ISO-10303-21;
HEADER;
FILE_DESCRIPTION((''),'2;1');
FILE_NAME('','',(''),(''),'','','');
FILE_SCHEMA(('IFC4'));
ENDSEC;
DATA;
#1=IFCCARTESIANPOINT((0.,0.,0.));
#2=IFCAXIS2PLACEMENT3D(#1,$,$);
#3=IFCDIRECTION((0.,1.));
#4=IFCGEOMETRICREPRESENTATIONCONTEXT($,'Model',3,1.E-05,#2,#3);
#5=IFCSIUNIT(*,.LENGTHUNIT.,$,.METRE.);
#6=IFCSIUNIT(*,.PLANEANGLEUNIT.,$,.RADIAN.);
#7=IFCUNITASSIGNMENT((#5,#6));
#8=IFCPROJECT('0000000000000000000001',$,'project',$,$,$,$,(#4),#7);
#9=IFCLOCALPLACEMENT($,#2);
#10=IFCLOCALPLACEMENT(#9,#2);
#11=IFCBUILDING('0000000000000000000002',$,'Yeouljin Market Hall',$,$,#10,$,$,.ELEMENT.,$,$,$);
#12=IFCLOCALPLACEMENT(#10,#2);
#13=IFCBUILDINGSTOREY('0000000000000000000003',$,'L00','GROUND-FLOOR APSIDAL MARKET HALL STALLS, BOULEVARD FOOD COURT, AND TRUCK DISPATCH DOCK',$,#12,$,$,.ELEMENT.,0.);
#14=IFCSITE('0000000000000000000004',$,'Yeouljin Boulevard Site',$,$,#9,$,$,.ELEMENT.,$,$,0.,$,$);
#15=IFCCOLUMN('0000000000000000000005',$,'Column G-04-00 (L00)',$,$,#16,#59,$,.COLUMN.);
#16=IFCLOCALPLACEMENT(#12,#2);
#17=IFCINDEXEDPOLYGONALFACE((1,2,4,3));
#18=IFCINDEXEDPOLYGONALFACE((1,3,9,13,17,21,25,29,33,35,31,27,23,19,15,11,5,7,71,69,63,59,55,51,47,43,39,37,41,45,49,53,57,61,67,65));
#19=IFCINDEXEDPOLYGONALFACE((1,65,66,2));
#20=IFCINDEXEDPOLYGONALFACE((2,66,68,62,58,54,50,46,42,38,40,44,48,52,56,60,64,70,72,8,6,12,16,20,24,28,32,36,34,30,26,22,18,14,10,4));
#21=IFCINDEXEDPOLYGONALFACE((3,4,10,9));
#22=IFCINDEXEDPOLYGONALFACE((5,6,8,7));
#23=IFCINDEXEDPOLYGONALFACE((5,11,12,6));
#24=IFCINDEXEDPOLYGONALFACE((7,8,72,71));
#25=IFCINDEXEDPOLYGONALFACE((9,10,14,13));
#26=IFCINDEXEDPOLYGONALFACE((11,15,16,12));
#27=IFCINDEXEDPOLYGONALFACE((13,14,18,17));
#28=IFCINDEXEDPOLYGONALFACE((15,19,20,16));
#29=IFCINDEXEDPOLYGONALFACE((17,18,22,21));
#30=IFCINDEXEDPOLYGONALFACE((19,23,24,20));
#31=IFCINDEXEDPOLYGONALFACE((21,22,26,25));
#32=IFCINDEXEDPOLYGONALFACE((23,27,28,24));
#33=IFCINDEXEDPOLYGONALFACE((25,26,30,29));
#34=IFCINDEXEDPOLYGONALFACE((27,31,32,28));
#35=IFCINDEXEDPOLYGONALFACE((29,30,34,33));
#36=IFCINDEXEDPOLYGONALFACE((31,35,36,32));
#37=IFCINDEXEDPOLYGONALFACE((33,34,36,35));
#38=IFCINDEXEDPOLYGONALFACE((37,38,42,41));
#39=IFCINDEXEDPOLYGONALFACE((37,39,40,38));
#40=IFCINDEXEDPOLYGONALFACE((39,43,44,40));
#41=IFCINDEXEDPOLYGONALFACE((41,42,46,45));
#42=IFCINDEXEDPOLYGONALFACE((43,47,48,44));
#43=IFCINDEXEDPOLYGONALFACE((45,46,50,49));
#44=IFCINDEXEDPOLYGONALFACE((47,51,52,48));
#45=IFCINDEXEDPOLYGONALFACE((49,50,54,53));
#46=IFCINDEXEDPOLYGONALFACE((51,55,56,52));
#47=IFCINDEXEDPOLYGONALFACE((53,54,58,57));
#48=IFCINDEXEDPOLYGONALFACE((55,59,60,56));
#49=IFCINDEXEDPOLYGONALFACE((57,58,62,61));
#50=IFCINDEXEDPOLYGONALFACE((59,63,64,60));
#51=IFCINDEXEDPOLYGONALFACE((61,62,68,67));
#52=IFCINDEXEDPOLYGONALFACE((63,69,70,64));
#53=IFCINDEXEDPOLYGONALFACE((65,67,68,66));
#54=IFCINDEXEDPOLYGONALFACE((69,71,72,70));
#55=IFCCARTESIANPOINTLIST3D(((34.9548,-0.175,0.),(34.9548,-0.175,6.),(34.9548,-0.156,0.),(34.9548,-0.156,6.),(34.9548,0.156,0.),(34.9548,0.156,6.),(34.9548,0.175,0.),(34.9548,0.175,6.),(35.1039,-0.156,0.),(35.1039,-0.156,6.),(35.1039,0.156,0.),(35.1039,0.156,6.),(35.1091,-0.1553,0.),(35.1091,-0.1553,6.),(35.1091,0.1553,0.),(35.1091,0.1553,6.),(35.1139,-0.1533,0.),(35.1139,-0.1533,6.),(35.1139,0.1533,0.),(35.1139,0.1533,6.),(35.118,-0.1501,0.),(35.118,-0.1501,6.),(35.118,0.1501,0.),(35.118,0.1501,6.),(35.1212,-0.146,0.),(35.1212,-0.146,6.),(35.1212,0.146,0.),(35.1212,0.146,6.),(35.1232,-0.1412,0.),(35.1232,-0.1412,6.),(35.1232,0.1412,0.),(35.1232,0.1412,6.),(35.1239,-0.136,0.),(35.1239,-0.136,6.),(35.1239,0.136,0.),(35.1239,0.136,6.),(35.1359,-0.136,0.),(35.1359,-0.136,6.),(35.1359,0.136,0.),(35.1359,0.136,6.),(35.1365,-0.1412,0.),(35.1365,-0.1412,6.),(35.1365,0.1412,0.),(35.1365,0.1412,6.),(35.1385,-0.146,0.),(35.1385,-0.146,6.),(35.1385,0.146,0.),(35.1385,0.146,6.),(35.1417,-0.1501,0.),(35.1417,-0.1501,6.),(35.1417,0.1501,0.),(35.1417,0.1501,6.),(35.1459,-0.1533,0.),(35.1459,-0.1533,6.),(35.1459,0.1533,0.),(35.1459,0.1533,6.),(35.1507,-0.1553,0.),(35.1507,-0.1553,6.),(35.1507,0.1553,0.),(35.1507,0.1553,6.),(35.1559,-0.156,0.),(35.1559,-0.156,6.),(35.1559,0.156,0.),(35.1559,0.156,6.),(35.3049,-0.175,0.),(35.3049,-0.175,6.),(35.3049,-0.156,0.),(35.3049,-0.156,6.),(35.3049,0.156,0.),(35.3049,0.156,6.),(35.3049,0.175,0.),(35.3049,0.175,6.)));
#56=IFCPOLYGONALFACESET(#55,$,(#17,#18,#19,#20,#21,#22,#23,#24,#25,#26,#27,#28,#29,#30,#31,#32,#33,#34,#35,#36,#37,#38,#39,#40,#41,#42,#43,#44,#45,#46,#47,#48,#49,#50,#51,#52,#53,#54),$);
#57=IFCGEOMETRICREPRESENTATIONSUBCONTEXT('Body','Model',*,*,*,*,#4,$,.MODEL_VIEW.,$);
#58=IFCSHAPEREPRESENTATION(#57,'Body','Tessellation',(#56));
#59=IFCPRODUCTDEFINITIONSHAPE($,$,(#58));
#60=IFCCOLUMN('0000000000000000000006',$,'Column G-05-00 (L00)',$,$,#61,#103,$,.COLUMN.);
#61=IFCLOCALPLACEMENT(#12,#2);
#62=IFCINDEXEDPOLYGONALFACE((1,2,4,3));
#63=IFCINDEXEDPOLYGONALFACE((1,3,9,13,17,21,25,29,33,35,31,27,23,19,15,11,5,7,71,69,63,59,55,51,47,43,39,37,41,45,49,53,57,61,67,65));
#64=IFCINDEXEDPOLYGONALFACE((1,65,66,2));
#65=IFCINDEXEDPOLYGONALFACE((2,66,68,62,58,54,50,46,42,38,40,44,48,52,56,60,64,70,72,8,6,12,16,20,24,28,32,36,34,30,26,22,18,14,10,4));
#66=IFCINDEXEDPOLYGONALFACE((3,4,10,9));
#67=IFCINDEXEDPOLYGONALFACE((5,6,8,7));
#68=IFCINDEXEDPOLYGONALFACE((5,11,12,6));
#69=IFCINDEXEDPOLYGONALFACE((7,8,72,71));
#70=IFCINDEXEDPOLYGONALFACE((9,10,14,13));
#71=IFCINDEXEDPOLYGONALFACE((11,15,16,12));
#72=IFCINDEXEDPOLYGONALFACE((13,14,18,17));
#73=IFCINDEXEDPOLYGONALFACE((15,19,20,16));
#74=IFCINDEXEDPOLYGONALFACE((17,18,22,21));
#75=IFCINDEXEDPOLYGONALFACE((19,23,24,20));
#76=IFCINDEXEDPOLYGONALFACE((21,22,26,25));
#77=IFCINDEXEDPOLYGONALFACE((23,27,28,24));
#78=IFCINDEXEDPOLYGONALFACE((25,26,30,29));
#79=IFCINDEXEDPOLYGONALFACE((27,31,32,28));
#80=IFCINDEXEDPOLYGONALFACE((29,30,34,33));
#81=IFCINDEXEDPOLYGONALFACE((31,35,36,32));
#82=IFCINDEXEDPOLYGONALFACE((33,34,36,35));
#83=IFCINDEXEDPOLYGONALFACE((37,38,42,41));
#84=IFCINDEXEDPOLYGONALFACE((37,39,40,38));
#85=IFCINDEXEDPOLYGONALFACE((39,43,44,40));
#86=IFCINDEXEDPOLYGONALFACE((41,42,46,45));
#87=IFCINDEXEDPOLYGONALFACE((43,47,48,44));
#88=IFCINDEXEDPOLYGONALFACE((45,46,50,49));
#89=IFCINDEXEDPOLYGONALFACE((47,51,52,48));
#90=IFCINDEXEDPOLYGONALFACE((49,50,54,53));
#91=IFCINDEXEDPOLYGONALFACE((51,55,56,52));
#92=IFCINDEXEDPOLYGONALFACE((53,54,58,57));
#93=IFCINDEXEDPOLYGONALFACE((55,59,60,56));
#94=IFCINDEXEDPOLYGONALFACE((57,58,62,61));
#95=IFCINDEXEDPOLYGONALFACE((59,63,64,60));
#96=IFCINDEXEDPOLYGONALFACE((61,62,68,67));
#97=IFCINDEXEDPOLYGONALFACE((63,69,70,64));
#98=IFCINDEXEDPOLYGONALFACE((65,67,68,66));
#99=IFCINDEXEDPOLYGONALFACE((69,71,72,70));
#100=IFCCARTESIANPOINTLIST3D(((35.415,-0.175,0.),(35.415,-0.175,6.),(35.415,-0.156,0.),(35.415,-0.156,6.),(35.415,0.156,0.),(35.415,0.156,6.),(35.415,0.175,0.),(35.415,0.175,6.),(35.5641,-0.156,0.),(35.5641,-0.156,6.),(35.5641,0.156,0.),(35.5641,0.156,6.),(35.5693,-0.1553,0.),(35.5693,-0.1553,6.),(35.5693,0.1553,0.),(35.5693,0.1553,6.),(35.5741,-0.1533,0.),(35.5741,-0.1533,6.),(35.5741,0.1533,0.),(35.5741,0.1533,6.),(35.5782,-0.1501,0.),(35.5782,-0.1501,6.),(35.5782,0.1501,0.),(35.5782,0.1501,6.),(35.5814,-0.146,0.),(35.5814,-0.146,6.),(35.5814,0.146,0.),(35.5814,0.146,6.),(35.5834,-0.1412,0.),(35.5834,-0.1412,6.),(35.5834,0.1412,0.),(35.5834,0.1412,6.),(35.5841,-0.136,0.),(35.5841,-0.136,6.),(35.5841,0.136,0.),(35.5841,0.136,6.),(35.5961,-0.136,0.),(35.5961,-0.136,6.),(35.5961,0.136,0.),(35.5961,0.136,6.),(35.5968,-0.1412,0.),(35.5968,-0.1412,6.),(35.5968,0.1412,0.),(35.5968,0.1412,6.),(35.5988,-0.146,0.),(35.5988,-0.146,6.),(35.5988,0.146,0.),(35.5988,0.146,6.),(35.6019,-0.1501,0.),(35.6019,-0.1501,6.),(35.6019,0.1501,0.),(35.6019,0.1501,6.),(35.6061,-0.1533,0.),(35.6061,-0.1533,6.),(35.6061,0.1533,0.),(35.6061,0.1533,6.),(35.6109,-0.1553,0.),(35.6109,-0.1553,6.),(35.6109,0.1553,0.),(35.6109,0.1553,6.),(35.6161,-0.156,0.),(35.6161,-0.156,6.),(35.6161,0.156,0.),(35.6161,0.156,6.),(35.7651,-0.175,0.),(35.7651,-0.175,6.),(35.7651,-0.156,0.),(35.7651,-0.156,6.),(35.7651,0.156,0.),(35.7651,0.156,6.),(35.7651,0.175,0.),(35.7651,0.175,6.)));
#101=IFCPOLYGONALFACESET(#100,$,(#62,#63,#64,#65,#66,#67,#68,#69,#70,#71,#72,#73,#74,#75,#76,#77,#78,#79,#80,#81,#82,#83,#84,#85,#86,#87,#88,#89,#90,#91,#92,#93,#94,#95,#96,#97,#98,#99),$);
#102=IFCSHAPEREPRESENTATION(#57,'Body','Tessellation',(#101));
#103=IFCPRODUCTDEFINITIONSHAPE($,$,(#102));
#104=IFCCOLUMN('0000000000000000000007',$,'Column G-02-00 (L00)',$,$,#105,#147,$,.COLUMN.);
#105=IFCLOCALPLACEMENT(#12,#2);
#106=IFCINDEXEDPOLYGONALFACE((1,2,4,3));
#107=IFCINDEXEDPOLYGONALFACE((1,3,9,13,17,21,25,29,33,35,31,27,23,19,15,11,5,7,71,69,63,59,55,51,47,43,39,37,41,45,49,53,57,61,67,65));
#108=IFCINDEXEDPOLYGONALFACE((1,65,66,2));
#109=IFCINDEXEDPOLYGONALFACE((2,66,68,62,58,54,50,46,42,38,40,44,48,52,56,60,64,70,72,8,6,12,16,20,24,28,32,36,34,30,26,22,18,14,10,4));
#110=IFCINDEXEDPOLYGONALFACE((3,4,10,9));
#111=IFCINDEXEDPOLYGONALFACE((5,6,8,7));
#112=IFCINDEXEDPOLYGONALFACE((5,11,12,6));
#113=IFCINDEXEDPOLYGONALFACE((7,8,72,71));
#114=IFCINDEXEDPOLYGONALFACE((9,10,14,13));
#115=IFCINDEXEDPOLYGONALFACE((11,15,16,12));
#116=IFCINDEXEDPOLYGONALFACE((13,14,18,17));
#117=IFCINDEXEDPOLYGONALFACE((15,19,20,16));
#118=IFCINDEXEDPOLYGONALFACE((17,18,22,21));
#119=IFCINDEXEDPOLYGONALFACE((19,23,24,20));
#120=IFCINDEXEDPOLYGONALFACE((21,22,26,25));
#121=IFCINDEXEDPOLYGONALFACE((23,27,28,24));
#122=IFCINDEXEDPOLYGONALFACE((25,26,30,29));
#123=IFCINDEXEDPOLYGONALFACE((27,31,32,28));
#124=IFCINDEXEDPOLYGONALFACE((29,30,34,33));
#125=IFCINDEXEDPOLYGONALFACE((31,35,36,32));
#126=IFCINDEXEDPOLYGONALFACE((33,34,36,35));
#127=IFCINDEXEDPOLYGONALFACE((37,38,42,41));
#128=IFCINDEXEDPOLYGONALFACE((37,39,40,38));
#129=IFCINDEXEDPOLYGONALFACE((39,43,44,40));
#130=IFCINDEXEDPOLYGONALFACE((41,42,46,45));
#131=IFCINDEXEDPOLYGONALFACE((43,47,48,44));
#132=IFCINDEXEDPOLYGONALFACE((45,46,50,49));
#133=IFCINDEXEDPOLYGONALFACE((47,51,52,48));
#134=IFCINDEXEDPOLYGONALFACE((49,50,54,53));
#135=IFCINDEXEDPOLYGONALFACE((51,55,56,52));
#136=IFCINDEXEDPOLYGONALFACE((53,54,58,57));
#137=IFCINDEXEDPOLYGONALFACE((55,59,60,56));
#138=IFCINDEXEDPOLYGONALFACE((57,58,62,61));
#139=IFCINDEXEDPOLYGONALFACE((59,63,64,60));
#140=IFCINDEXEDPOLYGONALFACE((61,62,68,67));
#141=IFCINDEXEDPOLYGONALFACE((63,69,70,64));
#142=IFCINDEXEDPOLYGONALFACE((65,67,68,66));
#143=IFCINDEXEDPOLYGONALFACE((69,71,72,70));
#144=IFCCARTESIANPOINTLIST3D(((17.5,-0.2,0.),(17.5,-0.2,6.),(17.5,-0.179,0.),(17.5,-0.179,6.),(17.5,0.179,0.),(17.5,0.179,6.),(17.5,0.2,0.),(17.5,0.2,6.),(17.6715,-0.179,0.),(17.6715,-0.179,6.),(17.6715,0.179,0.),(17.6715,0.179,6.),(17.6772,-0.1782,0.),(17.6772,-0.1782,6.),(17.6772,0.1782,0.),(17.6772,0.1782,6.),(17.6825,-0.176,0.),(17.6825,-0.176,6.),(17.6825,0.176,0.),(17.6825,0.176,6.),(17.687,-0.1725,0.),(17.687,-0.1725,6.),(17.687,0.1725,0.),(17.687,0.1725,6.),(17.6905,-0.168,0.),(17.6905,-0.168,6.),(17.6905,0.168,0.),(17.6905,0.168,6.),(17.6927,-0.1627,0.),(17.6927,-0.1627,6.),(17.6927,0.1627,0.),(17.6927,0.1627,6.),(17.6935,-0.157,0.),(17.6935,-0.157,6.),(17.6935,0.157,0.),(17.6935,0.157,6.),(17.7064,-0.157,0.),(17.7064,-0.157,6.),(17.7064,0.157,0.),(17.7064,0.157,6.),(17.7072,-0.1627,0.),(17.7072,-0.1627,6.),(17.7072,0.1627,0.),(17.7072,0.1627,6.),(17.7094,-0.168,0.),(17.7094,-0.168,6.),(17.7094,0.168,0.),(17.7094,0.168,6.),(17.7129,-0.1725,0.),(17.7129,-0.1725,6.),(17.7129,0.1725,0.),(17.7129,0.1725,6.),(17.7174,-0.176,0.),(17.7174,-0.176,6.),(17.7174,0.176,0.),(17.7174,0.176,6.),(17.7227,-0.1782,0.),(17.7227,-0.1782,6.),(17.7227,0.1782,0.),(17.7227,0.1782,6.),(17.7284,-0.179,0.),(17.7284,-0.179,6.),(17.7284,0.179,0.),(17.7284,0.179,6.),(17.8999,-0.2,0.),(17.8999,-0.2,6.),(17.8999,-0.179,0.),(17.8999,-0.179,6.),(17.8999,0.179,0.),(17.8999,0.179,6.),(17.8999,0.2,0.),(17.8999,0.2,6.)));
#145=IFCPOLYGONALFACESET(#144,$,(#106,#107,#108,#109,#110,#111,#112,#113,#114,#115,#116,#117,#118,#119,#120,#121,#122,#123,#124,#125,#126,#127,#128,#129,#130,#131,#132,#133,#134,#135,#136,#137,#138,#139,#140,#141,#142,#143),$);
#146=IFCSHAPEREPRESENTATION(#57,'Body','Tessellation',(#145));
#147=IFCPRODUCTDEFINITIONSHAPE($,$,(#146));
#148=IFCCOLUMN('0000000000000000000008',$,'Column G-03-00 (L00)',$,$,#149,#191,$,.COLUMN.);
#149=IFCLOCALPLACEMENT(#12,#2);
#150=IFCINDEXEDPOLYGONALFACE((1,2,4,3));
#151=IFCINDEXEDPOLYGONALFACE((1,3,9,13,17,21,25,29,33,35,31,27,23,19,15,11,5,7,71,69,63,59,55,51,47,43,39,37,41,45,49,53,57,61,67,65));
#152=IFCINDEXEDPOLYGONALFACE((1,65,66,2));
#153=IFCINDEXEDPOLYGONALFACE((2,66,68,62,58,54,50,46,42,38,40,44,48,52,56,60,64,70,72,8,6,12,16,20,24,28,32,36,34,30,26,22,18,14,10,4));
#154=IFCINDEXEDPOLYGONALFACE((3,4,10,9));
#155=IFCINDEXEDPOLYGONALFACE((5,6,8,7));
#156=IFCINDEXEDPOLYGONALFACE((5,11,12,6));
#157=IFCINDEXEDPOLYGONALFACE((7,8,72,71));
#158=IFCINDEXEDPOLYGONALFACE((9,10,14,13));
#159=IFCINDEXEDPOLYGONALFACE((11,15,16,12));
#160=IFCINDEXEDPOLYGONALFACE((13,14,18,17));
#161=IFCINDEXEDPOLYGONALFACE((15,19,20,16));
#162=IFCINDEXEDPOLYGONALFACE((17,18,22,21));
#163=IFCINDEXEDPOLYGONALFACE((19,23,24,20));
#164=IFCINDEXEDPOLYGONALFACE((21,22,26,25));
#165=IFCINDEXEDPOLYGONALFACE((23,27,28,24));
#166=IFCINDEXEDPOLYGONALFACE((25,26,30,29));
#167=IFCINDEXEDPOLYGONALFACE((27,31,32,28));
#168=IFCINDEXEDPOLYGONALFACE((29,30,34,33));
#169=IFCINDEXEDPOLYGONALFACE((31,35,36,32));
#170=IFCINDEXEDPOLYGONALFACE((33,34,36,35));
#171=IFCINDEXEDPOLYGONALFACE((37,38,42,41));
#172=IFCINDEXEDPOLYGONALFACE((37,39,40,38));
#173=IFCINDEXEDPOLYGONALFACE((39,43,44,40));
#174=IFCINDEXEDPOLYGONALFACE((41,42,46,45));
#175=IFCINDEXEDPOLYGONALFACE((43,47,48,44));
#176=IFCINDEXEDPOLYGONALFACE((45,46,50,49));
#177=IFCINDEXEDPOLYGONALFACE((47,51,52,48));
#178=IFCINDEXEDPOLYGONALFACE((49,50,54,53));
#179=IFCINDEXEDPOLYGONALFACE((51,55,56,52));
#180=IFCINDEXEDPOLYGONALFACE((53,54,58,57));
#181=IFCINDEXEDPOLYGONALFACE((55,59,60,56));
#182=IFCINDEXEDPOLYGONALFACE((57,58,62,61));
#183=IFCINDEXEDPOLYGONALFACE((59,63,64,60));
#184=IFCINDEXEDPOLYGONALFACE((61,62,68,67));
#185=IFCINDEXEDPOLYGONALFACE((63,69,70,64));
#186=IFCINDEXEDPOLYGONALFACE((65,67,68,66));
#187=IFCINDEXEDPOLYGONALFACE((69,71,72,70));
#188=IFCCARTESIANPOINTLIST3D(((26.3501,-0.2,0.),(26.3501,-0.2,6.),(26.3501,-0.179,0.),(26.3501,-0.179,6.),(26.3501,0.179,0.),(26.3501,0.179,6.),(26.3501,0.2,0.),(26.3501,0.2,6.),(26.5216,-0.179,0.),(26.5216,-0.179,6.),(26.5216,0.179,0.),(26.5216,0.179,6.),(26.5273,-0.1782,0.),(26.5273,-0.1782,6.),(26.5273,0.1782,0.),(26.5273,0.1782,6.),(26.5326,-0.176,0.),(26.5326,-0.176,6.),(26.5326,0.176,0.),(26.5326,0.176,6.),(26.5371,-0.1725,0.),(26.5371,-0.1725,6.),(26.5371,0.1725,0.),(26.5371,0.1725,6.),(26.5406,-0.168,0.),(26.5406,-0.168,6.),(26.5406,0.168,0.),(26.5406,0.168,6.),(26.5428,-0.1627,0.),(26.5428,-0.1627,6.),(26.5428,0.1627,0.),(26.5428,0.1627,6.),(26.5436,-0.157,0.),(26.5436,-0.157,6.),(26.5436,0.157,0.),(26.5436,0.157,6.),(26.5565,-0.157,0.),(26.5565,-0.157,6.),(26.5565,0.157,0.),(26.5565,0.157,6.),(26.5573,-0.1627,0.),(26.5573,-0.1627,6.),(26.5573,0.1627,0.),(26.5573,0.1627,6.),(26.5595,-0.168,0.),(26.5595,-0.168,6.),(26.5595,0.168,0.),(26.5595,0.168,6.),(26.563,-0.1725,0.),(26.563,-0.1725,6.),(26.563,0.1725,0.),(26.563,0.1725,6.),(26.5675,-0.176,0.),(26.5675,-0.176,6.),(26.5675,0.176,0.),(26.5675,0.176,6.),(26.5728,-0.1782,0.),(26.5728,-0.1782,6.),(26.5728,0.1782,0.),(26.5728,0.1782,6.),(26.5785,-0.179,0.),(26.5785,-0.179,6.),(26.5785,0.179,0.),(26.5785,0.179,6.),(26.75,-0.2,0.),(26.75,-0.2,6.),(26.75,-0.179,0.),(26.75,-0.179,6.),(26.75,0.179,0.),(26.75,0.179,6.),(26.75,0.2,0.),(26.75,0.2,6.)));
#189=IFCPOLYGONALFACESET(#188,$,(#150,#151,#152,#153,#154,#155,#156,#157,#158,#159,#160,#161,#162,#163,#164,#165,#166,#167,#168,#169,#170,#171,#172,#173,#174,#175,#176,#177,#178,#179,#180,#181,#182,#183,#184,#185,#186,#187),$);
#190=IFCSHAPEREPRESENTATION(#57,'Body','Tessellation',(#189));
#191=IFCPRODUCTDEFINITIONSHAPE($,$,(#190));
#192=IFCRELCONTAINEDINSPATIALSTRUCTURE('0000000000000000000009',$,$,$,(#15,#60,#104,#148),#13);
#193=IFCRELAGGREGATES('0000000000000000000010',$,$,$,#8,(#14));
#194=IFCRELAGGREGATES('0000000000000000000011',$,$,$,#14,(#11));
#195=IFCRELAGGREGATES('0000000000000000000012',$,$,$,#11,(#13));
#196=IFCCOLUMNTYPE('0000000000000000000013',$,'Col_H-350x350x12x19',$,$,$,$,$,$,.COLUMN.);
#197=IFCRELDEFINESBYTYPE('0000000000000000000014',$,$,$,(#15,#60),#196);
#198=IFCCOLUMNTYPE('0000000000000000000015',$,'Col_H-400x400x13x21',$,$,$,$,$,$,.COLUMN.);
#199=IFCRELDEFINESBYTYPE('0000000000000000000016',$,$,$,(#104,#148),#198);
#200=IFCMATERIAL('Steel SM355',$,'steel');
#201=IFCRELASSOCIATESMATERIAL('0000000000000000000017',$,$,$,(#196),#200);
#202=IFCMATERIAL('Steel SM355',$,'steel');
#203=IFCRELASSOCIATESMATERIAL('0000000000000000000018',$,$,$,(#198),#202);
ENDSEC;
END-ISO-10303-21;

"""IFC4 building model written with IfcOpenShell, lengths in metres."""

from ifc_helpers import new_model, si_unit, direction, frame, origin, origin_2d, place, context, subcontext, project, spatial, i_section, extrude, material, material_profile, profile_set, type_object, element, save


model = new_model("IFC4")

# Units and contexts
model_context = context("Model", 3, precision=1e-05, world=origin(), true_north=direction((0.0, 1.0)))
body_context = subcontext(model_context, "Body", "Model", "MODEL_VIEW")
ifc_project = project(units=[si_unit("LENGTHUNIT", "METRE"), si_unit("PLANEANGLEUNIT", "RADIAN")], contexts=[model_context])

# Site, building, storey
site_placement = place(None, origin())
site = spatial("IfcSite", under=ifc_project, at=site_placement, Name="Yeouljin Boulevard Site", CompositionType="ELEMENT", RefElevation=0.0)
building_placement = place(site_placement, origin())
building = spatial("IfcBuilding", under=site, at=building_placement, Name="Yeouljin Market Hall", CompositionType="ELEMENT")
storey_placement = place(building_placement, origin())
storey = spatial("IfcBuildingStorey", under=building, at=storey_placement, Name="L00", Description="GROUND-FLOOR APSIDAL MARKET HALL STALLS, BOULEVARD FOOD COURT, AND TRUCK DISPATCH DOCK", CompositionType="ELEMENT", Elevation=0.0)

# Columns
ifc_material_1 = material(Name="Steel SM355", Category="steel")
ifc_material_profile_1 = material_profile(ifc_material_1, i_section(OverallWidth=0.3501, OverallDepth=0.3501, WebThickness=0.012, FlangeThickness=0.019, FilletRadius=0.02, at=origin_2d()), Name="H-350x350x12x19")
ifc_profile_set_1 = profile_set([ifc_material_profile_1], Name="Steel SM355")
column_type_1 = type_object("IfcColumnType", Name="Col_H-350x350x12x19", PredefinedType="COLUMN", material=ifc_profile_set_1)
for number, where, z_axis, x_axis, name in (
    (1, (35.1299, 0.0, 0.0), (0.0, 0.0, 1.0), (1.0, 0.0, 0.0), "Column G-04-00 (L00)"),
    (2, (35.5901, 0.0, 0.0), (0.0, 0.0, 1.0), (1.0, 0.0, 0.0), "Column G-05-00 (L00)"),
):
    element("IfcColumn", number, at=place(storey_placement, frame(where, z_axis=z_axis, x_axis=x_axis)), inside=storey, type_object=column_type_1, Name=name, PredefinedType="COLUMN", context=body_context, shape_type="SweptSolid", body=[
        extrude(i_section(OverallWidth=0.3501, OverallDepth=0.3501, WebThickness=0.012, FlangeThickness=0.019, FilletRadius=0.02, at=origin_2d()), origin(), (0.0, 0.0, 1.0), 6.0),
    ])
ifc_material_2 = material(Name="Steel SM355", Category="steel")
ifc_material_profile_2 = material_profile(ifc_material_2, i_section(OverallWidth=0.3999, OverallDepth=0.3999, WebThickness=0.0129, FlangeThickness=0.021, FilletRadius=0.022, at=origin_2d()), Name="H-400x400x13x21")
ifc_profile_set_2 = profile_set([ifc_material_profile_2], Name="Steel SM355")
column_type_2 = type_object("IfcColumnType", Name="Col_H-400x400x13x21", PredefinedType="COLUMN", material=ifc_profile_set_2)
for number, where, z_axis, x_axis, name in (
    (3, (17.7, 0.0, 0.0), (0.0, 0.0, 1.0), (1.0, 0.0, 0.0), "Column G-02-00 (L00)"),
    (4, (26.55, 0.0, 0.0), (0.0, 0.0, 1.0), (1.0, 0.0, 0.0), "Column G-03-00 (L00)"),
):
    element("IfcColumn", number, at=place(storey_placement, frame(where, z_axis=z_axis, x_axis=x_axis)), inside=storey, type_object=column_type_2, Name=name, PredefinedType="COLUMN", context=body_context, shape_type="SweptSolid", body=[
        extrude(i_section(OverallWidth=0.3999, OverallDepth=0.3999, WebThickness=0.0129, FlangeThickness=0.021, FilletRadius=0.022, at=origin_2d()), origin(), (0.0, 0.0, 1.0), 6.0),
    ])

save(model, "model.ifc")
